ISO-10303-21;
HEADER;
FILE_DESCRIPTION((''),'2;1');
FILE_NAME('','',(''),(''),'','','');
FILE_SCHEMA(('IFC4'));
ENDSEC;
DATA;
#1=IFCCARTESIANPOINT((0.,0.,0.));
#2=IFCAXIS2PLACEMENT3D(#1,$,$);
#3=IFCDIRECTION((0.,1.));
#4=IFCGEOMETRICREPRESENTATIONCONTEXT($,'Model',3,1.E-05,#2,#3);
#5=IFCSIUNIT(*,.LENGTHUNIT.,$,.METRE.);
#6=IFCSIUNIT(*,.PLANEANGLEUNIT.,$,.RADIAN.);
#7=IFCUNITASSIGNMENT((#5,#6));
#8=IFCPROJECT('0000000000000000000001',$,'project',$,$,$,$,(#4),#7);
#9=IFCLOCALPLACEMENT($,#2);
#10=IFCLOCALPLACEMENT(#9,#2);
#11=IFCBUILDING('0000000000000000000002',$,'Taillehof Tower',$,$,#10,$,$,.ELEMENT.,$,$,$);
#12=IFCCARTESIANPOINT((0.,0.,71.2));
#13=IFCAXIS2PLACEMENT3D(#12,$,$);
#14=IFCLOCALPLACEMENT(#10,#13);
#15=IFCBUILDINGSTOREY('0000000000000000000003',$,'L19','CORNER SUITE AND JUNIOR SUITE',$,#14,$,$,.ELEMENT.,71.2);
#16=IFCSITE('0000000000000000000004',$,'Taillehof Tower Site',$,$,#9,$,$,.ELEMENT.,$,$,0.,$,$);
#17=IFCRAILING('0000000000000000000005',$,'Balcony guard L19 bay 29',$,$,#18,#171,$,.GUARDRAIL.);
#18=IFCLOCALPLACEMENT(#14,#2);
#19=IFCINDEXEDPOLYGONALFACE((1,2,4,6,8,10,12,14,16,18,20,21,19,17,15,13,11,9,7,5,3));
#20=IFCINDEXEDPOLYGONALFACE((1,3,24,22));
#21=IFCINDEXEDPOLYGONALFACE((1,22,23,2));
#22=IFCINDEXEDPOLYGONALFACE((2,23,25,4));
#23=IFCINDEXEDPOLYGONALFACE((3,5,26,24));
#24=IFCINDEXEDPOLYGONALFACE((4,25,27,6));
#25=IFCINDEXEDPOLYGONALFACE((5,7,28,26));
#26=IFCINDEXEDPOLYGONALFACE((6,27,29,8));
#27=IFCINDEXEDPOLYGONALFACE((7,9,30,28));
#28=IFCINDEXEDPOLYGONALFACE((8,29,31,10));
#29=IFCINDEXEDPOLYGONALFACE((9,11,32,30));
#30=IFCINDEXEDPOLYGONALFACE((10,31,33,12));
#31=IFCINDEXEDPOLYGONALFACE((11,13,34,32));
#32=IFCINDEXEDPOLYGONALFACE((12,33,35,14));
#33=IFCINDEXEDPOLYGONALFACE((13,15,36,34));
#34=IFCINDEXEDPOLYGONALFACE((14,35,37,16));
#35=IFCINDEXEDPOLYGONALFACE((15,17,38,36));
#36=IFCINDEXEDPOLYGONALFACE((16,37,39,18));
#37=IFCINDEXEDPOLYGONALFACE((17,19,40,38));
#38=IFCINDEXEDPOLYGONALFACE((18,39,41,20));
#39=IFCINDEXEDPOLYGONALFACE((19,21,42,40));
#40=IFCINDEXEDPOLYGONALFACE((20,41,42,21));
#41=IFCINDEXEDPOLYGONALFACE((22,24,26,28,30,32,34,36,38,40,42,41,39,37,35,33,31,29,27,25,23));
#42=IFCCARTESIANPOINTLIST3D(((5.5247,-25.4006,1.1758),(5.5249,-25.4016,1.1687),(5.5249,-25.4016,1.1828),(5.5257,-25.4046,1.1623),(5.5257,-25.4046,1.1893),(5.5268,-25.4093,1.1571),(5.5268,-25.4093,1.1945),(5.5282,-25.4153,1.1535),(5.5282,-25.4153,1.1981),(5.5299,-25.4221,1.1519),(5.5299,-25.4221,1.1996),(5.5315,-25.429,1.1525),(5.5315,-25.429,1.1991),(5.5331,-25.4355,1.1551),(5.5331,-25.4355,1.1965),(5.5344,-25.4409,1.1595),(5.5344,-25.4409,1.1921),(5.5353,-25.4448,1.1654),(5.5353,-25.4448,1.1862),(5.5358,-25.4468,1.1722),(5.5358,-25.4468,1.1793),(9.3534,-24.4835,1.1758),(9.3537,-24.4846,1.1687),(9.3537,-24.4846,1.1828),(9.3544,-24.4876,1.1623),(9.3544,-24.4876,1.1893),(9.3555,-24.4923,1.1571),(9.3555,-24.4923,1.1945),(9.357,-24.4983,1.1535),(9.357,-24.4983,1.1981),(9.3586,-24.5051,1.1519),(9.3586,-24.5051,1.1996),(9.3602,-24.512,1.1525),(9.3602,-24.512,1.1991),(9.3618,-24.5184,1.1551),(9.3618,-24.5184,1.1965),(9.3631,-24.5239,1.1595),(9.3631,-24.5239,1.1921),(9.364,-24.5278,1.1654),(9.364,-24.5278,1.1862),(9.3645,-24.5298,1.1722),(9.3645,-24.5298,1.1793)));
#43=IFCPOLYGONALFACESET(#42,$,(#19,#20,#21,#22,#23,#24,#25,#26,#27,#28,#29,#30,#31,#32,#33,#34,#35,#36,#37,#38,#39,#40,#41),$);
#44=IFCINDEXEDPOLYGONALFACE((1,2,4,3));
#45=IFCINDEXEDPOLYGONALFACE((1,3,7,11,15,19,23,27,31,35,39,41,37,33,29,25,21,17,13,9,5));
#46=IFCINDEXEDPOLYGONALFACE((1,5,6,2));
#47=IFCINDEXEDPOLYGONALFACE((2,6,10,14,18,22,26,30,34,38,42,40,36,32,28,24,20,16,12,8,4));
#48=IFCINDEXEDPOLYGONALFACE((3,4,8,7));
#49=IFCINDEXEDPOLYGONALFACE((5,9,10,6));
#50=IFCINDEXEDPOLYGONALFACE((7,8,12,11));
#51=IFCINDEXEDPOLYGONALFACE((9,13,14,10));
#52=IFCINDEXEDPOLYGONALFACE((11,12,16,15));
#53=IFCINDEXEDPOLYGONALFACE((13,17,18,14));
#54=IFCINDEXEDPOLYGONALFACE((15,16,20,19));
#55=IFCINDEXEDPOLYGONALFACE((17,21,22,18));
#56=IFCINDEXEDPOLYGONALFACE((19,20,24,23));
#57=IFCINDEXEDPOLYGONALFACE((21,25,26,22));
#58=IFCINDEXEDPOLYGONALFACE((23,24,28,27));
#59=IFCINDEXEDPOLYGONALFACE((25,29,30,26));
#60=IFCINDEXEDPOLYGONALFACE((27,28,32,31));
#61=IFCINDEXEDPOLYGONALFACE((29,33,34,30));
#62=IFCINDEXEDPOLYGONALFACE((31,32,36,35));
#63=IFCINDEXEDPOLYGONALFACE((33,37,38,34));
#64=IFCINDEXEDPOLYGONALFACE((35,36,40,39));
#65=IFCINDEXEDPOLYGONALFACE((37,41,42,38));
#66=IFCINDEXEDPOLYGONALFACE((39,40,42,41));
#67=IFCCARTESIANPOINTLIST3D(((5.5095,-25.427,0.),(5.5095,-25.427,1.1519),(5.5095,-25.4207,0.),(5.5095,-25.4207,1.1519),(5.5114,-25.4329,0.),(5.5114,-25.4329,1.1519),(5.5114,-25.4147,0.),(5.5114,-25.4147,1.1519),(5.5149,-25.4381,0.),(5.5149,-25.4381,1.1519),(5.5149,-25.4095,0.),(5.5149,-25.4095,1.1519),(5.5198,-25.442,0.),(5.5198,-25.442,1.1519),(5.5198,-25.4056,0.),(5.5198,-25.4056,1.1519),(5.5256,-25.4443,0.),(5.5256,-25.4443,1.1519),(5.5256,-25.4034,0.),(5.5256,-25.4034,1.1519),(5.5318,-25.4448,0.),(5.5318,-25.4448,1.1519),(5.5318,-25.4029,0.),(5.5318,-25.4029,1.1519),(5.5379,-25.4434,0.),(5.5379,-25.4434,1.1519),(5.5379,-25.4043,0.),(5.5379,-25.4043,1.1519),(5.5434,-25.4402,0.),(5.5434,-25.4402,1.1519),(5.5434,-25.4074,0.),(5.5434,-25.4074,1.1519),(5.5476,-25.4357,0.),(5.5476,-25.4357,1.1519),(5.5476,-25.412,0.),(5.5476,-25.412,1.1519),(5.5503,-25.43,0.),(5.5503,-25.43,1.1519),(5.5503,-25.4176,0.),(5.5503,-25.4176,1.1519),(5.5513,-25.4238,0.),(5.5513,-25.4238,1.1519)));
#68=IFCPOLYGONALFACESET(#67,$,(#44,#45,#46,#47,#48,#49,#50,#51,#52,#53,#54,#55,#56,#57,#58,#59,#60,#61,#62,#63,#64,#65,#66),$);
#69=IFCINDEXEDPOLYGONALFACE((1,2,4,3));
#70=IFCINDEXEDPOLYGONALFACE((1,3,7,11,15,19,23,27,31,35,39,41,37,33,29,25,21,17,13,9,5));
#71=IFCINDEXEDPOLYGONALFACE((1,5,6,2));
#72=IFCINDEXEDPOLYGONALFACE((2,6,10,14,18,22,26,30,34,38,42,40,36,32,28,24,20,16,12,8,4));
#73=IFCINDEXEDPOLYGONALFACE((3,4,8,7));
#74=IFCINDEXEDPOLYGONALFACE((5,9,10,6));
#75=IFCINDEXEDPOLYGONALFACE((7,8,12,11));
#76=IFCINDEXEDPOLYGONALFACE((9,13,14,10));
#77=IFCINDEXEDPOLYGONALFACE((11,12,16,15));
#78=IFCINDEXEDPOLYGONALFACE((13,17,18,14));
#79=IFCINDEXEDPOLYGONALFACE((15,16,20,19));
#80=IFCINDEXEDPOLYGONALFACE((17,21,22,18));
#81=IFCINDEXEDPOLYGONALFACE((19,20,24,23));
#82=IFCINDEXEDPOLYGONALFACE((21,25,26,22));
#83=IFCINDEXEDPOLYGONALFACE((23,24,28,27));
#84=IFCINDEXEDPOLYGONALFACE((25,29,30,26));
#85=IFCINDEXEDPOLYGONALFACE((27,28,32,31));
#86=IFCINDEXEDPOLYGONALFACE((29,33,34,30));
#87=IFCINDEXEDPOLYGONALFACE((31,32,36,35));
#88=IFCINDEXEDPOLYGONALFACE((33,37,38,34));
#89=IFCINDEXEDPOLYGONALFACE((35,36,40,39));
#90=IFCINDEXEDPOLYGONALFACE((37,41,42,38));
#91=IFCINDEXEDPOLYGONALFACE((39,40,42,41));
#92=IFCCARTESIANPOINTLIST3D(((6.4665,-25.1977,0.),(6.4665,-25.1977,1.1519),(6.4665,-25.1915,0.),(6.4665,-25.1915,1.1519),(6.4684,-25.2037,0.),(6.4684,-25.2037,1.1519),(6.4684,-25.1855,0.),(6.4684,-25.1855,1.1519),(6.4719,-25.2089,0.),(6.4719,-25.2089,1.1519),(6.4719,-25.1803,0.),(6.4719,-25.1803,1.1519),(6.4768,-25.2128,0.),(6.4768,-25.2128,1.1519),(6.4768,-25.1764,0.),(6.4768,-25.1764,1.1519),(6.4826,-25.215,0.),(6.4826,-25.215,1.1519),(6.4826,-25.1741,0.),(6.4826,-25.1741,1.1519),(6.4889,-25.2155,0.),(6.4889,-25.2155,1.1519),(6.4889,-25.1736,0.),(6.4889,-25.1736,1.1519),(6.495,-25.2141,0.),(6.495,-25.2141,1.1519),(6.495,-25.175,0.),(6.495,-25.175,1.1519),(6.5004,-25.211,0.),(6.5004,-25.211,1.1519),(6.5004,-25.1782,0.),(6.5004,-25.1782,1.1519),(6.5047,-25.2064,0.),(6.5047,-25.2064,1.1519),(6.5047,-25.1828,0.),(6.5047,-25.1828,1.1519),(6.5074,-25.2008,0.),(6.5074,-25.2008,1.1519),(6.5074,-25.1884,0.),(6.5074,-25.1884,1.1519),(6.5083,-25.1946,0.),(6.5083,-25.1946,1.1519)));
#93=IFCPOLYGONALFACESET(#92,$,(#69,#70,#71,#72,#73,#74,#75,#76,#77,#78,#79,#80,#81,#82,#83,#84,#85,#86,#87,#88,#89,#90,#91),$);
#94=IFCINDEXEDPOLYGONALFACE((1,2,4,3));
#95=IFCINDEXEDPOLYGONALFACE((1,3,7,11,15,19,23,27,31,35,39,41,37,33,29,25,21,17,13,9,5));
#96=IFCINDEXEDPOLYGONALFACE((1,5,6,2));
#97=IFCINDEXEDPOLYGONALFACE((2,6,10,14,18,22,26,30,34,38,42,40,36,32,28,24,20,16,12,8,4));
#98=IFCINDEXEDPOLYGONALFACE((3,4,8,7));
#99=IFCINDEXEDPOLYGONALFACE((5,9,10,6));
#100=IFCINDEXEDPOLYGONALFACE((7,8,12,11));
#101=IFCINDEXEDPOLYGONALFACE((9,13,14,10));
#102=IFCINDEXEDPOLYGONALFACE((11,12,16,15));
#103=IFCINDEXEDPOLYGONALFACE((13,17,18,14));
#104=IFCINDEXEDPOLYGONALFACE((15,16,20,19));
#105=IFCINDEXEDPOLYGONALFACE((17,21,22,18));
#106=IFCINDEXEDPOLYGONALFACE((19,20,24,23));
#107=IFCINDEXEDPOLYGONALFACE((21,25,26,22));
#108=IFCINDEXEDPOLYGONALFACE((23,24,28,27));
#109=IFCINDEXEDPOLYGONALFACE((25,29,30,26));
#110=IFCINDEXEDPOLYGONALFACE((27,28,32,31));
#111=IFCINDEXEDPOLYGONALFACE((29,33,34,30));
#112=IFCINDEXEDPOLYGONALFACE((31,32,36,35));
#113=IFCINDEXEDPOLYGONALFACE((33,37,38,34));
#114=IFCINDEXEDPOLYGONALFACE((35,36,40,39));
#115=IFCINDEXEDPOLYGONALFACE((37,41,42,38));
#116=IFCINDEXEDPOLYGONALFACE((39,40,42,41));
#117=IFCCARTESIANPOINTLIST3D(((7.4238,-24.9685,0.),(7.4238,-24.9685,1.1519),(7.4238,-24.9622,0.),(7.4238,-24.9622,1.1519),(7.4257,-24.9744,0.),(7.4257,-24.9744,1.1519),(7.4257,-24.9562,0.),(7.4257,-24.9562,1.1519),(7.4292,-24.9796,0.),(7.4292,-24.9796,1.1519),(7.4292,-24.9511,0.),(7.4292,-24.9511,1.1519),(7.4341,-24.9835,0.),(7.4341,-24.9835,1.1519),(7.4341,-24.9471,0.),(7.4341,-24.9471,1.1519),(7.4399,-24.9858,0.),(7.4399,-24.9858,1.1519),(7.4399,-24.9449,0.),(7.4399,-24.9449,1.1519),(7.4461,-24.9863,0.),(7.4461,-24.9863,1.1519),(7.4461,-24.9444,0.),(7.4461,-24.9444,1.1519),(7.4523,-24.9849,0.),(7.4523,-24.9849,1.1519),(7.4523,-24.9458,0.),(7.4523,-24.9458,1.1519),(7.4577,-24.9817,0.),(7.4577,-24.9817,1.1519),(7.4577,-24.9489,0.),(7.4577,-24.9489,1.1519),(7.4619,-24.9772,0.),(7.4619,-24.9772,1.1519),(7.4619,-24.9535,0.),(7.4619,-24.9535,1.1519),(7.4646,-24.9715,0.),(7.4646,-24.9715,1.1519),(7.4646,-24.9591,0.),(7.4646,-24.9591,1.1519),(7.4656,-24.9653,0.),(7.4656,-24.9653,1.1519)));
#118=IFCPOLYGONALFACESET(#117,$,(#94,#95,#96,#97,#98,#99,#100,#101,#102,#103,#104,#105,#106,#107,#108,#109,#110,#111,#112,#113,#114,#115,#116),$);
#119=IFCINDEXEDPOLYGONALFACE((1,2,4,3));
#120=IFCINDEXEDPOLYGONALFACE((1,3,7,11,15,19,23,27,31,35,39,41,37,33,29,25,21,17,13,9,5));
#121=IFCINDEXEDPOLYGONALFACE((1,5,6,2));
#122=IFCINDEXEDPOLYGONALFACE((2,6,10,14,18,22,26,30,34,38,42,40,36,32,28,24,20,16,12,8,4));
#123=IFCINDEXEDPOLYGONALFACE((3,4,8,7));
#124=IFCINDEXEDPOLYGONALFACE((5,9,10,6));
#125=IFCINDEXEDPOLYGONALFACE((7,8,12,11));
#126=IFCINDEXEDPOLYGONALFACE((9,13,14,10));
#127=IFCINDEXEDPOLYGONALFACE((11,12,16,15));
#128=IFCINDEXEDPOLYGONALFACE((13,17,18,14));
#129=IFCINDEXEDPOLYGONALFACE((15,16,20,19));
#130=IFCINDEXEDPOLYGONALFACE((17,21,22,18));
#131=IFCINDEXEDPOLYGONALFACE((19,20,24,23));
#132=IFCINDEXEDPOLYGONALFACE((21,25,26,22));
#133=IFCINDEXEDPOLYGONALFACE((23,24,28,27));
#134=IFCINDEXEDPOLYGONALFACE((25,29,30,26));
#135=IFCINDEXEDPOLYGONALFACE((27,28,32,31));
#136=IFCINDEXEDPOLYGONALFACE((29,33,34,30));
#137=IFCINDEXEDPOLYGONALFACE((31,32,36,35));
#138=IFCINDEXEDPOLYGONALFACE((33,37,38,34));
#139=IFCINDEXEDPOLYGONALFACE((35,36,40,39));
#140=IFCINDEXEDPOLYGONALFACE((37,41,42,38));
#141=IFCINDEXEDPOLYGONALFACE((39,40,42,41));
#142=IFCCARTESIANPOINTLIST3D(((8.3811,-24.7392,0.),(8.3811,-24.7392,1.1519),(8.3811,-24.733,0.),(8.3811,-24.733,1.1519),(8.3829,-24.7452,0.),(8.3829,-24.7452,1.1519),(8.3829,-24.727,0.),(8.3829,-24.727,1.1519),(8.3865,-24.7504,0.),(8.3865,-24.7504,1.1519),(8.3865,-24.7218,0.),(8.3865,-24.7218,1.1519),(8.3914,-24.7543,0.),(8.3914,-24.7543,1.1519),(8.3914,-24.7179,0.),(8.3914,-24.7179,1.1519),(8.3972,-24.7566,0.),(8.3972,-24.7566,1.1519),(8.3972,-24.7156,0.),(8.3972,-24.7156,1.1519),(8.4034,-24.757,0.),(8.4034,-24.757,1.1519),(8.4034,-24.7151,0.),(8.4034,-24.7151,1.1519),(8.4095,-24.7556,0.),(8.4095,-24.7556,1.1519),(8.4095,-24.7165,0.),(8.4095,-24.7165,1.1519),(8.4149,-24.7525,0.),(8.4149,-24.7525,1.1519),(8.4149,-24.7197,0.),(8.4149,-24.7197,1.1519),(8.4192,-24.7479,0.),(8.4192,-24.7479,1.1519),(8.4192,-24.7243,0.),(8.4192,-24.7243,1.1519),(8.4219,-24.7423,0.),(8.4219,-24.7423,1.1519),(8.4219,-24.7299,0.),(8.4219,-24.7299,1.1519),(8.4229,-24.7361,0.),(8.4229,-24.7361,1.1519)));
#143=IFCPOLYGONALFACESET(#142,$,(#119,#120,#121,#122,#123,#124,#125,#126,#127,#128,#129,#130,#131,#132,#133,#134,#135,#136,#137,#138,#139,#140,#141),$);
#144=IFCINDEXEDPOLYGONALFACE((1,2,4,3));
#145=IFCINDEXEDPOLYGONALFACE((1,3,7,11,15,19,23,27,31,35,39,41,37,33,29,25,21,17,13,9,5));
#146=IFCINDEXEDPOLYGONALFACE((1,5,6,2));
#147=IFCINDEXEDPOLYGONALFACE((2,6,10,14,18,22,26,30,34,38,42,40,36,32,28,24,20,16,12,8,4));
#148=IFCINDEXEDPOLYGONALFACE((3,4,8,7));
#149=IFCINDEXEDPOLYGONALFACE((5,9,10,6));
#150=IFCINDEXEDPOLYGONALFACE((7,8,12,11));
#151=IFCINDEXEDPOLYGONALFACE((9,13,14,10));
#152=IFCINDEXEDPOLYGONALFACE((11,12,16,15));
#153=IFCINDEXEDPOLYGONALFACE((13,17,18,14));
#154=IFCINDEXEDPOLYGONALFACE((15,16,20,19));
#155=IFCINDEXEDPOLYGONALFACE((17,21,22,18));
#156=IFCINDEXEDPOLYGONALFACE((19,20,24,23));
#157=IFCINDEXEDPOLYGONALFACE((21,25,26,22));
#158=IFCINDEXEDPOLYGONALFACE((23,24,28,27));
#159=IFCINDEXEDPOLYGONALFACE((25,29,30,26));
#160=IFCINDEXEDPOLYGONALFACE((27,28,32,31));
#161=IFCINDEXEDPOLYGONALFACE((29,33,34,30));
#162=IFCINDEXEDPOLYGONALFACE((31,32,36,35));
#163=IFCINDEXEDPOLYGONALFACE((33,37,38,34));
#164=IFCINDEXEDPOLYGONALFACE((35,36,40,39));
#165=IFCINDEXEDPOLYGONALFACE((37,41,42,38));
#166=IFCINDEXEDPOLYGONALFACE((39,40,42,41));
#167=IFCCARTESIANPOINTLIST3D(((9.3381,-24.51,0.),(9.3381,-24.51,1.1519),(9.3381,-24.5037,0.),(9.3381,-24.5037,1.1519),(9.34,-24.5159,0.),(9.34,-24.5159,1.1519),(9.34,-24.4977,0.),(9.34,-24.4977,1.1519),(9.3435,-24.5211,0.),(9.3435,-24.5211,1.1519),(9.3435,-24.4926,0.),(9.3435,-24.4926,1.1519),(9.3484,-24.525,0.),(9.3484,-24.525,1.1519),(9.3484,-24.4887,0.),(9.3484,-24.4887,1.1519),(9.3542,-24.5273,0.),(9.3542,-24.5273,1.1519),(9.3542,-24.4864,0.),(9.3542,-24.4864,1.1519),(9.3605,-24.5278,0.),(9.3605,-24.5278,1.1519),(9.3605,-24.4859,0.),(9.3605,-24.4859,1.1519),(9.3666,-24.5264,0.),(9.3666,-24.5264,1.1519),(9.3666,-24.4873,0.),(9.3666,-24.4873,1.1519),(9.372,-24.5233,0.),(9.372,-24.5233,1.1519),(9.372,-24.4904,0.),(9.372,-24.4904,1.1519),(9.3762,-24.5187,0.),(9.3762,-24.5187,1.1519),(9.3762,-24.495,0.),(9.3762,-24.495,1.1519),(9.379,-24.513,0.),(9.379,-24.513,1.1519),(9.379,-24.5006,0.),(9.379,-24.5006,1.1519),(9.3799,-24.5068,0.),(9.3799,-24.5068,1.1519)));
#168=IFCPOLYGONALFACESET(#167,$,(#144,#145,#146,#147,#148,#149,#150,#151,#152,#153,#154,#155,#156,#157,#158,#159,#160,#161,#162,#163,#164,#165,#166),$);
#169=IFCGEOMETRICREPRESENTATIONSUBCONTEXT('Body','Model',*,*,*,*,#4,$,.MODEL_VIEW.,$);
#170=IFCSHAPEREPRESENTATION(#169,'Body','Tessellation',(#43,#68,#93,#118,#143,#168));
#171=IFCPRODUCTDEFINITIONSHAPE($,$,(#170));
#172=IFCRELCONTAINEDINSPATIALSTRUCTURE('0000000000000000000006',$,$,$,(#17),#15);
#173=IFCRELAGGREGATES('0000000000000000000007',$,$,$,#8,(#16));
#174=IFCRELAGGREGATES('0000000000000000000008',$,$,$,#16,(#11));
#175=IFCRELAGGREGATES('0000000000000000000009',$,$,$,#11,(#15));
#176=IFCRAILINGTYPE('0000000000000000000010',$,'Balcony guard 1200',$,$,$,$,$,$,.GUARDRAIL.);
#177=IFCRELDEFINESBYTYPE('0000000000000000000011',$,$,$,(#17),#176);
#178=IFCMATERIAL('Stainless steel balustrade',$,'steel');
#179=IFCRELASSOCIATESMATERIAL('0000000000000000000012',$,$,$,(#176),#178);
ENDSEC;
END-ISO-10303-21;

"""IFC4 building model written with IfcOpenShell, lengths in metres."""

from ifc_helpers import new_model, si_unit, direction, frame, origin, origin_2d, place, context, subcontext, project, spatial, circle, extrude, material, type_object, element, save


model = new_model("IFC4")

# Units and contexts
model_context = context("Model", 3, precision=1e-05, world=origin(), true_north=direction((0.0, 1.0)))
body_context = subcontext(model_context, "Body", "Model", "MODEL_VIEW")
ifc_project = project(units=[si_unit("LENGTHUNIT", "METRE"), si_unit("PLANEANGLEUNIT", "RADIAN")], contexts=[model_context])

# Site, building, storey
site_placement = place(None, origin())
site = spatial("IfcSite", under=ifc_project, at=site_placement, Name="Taillehof Tower Site", CompositionType="ELEMENT", RefElevation=0.0)
building_placement = place(site_placement, origin())
building = spatial("IfcBuilding", under=site, at=building_placement, Name="Taillehof Tower", CompositionType="ELEMENT")
storey_placement = place(building_placement, frame((0.0, 0.0, 71.2)))
storey = spatial("IfcBuildingStorey", under=building, at=storey_placement, Name="L19", Description="CORNER SUITE AND JUNIOR SUITE", CompositionType="ELEMENT", Elevation=71.2)

# Railing
ifc_material_1 = material(Name="Stainless steel balustrade", Category="steel")
railing_type = type_object("IfcRailingType", Name="Balcony guard 1200", PredefinedType="GUARDRAIL", material=ifc_material_1)
railing_1_placement = place(storey_placement, frame((5.5303, -25.4238, 0.0)))
element("IfcRailing", 1, at=railing_1_placement, inside=storey, type_object=railing_type, Name="Balcony guard L19 bay 29", PredefinedType="GUARDRAIL", context=body_context, shape_type="SweptSolid", body=[
    extrude(circle(Radius=0.0239, at=origin_2d()), frame((0.0, 0.0, 1.1758), z_axis=(0.972495, 0.232923, 0.0), x_axis=(-0.232923, 0.972495, 0.0)), (0.0, 0.0, 1.0), 3.937),
    extrude(circle(Radius=0.021, at=origin_2d()), origin(), (0.0, 0.0, 1.0), 1.1519),
    extrude(circle(Radius=0.021, at=origin_2d()), frame((0.957, 0.2292, 0.0)), (0.0, 0.0, 1.0), 1.1519),
    extrude(circle(Radius=0.021, at=origin_2d()), frame((1.9143, 0.4585, 0.0)), (0.0, 0.0, 1.0), 1.1519),
    extrude(circle(Radius=0.021, at=origin_2d()), frame((2.8716, 0.6877, 0.0)), (0.0, 0.0, 1.0), 1.1519),
    extrude(circle(Radius=0.021, at=origin_2d()), frame((3.8286, 0.917, 0.0)), (0.0, 0.0, 1.0), 1.1519),
])

save(model, "model.ifc")
